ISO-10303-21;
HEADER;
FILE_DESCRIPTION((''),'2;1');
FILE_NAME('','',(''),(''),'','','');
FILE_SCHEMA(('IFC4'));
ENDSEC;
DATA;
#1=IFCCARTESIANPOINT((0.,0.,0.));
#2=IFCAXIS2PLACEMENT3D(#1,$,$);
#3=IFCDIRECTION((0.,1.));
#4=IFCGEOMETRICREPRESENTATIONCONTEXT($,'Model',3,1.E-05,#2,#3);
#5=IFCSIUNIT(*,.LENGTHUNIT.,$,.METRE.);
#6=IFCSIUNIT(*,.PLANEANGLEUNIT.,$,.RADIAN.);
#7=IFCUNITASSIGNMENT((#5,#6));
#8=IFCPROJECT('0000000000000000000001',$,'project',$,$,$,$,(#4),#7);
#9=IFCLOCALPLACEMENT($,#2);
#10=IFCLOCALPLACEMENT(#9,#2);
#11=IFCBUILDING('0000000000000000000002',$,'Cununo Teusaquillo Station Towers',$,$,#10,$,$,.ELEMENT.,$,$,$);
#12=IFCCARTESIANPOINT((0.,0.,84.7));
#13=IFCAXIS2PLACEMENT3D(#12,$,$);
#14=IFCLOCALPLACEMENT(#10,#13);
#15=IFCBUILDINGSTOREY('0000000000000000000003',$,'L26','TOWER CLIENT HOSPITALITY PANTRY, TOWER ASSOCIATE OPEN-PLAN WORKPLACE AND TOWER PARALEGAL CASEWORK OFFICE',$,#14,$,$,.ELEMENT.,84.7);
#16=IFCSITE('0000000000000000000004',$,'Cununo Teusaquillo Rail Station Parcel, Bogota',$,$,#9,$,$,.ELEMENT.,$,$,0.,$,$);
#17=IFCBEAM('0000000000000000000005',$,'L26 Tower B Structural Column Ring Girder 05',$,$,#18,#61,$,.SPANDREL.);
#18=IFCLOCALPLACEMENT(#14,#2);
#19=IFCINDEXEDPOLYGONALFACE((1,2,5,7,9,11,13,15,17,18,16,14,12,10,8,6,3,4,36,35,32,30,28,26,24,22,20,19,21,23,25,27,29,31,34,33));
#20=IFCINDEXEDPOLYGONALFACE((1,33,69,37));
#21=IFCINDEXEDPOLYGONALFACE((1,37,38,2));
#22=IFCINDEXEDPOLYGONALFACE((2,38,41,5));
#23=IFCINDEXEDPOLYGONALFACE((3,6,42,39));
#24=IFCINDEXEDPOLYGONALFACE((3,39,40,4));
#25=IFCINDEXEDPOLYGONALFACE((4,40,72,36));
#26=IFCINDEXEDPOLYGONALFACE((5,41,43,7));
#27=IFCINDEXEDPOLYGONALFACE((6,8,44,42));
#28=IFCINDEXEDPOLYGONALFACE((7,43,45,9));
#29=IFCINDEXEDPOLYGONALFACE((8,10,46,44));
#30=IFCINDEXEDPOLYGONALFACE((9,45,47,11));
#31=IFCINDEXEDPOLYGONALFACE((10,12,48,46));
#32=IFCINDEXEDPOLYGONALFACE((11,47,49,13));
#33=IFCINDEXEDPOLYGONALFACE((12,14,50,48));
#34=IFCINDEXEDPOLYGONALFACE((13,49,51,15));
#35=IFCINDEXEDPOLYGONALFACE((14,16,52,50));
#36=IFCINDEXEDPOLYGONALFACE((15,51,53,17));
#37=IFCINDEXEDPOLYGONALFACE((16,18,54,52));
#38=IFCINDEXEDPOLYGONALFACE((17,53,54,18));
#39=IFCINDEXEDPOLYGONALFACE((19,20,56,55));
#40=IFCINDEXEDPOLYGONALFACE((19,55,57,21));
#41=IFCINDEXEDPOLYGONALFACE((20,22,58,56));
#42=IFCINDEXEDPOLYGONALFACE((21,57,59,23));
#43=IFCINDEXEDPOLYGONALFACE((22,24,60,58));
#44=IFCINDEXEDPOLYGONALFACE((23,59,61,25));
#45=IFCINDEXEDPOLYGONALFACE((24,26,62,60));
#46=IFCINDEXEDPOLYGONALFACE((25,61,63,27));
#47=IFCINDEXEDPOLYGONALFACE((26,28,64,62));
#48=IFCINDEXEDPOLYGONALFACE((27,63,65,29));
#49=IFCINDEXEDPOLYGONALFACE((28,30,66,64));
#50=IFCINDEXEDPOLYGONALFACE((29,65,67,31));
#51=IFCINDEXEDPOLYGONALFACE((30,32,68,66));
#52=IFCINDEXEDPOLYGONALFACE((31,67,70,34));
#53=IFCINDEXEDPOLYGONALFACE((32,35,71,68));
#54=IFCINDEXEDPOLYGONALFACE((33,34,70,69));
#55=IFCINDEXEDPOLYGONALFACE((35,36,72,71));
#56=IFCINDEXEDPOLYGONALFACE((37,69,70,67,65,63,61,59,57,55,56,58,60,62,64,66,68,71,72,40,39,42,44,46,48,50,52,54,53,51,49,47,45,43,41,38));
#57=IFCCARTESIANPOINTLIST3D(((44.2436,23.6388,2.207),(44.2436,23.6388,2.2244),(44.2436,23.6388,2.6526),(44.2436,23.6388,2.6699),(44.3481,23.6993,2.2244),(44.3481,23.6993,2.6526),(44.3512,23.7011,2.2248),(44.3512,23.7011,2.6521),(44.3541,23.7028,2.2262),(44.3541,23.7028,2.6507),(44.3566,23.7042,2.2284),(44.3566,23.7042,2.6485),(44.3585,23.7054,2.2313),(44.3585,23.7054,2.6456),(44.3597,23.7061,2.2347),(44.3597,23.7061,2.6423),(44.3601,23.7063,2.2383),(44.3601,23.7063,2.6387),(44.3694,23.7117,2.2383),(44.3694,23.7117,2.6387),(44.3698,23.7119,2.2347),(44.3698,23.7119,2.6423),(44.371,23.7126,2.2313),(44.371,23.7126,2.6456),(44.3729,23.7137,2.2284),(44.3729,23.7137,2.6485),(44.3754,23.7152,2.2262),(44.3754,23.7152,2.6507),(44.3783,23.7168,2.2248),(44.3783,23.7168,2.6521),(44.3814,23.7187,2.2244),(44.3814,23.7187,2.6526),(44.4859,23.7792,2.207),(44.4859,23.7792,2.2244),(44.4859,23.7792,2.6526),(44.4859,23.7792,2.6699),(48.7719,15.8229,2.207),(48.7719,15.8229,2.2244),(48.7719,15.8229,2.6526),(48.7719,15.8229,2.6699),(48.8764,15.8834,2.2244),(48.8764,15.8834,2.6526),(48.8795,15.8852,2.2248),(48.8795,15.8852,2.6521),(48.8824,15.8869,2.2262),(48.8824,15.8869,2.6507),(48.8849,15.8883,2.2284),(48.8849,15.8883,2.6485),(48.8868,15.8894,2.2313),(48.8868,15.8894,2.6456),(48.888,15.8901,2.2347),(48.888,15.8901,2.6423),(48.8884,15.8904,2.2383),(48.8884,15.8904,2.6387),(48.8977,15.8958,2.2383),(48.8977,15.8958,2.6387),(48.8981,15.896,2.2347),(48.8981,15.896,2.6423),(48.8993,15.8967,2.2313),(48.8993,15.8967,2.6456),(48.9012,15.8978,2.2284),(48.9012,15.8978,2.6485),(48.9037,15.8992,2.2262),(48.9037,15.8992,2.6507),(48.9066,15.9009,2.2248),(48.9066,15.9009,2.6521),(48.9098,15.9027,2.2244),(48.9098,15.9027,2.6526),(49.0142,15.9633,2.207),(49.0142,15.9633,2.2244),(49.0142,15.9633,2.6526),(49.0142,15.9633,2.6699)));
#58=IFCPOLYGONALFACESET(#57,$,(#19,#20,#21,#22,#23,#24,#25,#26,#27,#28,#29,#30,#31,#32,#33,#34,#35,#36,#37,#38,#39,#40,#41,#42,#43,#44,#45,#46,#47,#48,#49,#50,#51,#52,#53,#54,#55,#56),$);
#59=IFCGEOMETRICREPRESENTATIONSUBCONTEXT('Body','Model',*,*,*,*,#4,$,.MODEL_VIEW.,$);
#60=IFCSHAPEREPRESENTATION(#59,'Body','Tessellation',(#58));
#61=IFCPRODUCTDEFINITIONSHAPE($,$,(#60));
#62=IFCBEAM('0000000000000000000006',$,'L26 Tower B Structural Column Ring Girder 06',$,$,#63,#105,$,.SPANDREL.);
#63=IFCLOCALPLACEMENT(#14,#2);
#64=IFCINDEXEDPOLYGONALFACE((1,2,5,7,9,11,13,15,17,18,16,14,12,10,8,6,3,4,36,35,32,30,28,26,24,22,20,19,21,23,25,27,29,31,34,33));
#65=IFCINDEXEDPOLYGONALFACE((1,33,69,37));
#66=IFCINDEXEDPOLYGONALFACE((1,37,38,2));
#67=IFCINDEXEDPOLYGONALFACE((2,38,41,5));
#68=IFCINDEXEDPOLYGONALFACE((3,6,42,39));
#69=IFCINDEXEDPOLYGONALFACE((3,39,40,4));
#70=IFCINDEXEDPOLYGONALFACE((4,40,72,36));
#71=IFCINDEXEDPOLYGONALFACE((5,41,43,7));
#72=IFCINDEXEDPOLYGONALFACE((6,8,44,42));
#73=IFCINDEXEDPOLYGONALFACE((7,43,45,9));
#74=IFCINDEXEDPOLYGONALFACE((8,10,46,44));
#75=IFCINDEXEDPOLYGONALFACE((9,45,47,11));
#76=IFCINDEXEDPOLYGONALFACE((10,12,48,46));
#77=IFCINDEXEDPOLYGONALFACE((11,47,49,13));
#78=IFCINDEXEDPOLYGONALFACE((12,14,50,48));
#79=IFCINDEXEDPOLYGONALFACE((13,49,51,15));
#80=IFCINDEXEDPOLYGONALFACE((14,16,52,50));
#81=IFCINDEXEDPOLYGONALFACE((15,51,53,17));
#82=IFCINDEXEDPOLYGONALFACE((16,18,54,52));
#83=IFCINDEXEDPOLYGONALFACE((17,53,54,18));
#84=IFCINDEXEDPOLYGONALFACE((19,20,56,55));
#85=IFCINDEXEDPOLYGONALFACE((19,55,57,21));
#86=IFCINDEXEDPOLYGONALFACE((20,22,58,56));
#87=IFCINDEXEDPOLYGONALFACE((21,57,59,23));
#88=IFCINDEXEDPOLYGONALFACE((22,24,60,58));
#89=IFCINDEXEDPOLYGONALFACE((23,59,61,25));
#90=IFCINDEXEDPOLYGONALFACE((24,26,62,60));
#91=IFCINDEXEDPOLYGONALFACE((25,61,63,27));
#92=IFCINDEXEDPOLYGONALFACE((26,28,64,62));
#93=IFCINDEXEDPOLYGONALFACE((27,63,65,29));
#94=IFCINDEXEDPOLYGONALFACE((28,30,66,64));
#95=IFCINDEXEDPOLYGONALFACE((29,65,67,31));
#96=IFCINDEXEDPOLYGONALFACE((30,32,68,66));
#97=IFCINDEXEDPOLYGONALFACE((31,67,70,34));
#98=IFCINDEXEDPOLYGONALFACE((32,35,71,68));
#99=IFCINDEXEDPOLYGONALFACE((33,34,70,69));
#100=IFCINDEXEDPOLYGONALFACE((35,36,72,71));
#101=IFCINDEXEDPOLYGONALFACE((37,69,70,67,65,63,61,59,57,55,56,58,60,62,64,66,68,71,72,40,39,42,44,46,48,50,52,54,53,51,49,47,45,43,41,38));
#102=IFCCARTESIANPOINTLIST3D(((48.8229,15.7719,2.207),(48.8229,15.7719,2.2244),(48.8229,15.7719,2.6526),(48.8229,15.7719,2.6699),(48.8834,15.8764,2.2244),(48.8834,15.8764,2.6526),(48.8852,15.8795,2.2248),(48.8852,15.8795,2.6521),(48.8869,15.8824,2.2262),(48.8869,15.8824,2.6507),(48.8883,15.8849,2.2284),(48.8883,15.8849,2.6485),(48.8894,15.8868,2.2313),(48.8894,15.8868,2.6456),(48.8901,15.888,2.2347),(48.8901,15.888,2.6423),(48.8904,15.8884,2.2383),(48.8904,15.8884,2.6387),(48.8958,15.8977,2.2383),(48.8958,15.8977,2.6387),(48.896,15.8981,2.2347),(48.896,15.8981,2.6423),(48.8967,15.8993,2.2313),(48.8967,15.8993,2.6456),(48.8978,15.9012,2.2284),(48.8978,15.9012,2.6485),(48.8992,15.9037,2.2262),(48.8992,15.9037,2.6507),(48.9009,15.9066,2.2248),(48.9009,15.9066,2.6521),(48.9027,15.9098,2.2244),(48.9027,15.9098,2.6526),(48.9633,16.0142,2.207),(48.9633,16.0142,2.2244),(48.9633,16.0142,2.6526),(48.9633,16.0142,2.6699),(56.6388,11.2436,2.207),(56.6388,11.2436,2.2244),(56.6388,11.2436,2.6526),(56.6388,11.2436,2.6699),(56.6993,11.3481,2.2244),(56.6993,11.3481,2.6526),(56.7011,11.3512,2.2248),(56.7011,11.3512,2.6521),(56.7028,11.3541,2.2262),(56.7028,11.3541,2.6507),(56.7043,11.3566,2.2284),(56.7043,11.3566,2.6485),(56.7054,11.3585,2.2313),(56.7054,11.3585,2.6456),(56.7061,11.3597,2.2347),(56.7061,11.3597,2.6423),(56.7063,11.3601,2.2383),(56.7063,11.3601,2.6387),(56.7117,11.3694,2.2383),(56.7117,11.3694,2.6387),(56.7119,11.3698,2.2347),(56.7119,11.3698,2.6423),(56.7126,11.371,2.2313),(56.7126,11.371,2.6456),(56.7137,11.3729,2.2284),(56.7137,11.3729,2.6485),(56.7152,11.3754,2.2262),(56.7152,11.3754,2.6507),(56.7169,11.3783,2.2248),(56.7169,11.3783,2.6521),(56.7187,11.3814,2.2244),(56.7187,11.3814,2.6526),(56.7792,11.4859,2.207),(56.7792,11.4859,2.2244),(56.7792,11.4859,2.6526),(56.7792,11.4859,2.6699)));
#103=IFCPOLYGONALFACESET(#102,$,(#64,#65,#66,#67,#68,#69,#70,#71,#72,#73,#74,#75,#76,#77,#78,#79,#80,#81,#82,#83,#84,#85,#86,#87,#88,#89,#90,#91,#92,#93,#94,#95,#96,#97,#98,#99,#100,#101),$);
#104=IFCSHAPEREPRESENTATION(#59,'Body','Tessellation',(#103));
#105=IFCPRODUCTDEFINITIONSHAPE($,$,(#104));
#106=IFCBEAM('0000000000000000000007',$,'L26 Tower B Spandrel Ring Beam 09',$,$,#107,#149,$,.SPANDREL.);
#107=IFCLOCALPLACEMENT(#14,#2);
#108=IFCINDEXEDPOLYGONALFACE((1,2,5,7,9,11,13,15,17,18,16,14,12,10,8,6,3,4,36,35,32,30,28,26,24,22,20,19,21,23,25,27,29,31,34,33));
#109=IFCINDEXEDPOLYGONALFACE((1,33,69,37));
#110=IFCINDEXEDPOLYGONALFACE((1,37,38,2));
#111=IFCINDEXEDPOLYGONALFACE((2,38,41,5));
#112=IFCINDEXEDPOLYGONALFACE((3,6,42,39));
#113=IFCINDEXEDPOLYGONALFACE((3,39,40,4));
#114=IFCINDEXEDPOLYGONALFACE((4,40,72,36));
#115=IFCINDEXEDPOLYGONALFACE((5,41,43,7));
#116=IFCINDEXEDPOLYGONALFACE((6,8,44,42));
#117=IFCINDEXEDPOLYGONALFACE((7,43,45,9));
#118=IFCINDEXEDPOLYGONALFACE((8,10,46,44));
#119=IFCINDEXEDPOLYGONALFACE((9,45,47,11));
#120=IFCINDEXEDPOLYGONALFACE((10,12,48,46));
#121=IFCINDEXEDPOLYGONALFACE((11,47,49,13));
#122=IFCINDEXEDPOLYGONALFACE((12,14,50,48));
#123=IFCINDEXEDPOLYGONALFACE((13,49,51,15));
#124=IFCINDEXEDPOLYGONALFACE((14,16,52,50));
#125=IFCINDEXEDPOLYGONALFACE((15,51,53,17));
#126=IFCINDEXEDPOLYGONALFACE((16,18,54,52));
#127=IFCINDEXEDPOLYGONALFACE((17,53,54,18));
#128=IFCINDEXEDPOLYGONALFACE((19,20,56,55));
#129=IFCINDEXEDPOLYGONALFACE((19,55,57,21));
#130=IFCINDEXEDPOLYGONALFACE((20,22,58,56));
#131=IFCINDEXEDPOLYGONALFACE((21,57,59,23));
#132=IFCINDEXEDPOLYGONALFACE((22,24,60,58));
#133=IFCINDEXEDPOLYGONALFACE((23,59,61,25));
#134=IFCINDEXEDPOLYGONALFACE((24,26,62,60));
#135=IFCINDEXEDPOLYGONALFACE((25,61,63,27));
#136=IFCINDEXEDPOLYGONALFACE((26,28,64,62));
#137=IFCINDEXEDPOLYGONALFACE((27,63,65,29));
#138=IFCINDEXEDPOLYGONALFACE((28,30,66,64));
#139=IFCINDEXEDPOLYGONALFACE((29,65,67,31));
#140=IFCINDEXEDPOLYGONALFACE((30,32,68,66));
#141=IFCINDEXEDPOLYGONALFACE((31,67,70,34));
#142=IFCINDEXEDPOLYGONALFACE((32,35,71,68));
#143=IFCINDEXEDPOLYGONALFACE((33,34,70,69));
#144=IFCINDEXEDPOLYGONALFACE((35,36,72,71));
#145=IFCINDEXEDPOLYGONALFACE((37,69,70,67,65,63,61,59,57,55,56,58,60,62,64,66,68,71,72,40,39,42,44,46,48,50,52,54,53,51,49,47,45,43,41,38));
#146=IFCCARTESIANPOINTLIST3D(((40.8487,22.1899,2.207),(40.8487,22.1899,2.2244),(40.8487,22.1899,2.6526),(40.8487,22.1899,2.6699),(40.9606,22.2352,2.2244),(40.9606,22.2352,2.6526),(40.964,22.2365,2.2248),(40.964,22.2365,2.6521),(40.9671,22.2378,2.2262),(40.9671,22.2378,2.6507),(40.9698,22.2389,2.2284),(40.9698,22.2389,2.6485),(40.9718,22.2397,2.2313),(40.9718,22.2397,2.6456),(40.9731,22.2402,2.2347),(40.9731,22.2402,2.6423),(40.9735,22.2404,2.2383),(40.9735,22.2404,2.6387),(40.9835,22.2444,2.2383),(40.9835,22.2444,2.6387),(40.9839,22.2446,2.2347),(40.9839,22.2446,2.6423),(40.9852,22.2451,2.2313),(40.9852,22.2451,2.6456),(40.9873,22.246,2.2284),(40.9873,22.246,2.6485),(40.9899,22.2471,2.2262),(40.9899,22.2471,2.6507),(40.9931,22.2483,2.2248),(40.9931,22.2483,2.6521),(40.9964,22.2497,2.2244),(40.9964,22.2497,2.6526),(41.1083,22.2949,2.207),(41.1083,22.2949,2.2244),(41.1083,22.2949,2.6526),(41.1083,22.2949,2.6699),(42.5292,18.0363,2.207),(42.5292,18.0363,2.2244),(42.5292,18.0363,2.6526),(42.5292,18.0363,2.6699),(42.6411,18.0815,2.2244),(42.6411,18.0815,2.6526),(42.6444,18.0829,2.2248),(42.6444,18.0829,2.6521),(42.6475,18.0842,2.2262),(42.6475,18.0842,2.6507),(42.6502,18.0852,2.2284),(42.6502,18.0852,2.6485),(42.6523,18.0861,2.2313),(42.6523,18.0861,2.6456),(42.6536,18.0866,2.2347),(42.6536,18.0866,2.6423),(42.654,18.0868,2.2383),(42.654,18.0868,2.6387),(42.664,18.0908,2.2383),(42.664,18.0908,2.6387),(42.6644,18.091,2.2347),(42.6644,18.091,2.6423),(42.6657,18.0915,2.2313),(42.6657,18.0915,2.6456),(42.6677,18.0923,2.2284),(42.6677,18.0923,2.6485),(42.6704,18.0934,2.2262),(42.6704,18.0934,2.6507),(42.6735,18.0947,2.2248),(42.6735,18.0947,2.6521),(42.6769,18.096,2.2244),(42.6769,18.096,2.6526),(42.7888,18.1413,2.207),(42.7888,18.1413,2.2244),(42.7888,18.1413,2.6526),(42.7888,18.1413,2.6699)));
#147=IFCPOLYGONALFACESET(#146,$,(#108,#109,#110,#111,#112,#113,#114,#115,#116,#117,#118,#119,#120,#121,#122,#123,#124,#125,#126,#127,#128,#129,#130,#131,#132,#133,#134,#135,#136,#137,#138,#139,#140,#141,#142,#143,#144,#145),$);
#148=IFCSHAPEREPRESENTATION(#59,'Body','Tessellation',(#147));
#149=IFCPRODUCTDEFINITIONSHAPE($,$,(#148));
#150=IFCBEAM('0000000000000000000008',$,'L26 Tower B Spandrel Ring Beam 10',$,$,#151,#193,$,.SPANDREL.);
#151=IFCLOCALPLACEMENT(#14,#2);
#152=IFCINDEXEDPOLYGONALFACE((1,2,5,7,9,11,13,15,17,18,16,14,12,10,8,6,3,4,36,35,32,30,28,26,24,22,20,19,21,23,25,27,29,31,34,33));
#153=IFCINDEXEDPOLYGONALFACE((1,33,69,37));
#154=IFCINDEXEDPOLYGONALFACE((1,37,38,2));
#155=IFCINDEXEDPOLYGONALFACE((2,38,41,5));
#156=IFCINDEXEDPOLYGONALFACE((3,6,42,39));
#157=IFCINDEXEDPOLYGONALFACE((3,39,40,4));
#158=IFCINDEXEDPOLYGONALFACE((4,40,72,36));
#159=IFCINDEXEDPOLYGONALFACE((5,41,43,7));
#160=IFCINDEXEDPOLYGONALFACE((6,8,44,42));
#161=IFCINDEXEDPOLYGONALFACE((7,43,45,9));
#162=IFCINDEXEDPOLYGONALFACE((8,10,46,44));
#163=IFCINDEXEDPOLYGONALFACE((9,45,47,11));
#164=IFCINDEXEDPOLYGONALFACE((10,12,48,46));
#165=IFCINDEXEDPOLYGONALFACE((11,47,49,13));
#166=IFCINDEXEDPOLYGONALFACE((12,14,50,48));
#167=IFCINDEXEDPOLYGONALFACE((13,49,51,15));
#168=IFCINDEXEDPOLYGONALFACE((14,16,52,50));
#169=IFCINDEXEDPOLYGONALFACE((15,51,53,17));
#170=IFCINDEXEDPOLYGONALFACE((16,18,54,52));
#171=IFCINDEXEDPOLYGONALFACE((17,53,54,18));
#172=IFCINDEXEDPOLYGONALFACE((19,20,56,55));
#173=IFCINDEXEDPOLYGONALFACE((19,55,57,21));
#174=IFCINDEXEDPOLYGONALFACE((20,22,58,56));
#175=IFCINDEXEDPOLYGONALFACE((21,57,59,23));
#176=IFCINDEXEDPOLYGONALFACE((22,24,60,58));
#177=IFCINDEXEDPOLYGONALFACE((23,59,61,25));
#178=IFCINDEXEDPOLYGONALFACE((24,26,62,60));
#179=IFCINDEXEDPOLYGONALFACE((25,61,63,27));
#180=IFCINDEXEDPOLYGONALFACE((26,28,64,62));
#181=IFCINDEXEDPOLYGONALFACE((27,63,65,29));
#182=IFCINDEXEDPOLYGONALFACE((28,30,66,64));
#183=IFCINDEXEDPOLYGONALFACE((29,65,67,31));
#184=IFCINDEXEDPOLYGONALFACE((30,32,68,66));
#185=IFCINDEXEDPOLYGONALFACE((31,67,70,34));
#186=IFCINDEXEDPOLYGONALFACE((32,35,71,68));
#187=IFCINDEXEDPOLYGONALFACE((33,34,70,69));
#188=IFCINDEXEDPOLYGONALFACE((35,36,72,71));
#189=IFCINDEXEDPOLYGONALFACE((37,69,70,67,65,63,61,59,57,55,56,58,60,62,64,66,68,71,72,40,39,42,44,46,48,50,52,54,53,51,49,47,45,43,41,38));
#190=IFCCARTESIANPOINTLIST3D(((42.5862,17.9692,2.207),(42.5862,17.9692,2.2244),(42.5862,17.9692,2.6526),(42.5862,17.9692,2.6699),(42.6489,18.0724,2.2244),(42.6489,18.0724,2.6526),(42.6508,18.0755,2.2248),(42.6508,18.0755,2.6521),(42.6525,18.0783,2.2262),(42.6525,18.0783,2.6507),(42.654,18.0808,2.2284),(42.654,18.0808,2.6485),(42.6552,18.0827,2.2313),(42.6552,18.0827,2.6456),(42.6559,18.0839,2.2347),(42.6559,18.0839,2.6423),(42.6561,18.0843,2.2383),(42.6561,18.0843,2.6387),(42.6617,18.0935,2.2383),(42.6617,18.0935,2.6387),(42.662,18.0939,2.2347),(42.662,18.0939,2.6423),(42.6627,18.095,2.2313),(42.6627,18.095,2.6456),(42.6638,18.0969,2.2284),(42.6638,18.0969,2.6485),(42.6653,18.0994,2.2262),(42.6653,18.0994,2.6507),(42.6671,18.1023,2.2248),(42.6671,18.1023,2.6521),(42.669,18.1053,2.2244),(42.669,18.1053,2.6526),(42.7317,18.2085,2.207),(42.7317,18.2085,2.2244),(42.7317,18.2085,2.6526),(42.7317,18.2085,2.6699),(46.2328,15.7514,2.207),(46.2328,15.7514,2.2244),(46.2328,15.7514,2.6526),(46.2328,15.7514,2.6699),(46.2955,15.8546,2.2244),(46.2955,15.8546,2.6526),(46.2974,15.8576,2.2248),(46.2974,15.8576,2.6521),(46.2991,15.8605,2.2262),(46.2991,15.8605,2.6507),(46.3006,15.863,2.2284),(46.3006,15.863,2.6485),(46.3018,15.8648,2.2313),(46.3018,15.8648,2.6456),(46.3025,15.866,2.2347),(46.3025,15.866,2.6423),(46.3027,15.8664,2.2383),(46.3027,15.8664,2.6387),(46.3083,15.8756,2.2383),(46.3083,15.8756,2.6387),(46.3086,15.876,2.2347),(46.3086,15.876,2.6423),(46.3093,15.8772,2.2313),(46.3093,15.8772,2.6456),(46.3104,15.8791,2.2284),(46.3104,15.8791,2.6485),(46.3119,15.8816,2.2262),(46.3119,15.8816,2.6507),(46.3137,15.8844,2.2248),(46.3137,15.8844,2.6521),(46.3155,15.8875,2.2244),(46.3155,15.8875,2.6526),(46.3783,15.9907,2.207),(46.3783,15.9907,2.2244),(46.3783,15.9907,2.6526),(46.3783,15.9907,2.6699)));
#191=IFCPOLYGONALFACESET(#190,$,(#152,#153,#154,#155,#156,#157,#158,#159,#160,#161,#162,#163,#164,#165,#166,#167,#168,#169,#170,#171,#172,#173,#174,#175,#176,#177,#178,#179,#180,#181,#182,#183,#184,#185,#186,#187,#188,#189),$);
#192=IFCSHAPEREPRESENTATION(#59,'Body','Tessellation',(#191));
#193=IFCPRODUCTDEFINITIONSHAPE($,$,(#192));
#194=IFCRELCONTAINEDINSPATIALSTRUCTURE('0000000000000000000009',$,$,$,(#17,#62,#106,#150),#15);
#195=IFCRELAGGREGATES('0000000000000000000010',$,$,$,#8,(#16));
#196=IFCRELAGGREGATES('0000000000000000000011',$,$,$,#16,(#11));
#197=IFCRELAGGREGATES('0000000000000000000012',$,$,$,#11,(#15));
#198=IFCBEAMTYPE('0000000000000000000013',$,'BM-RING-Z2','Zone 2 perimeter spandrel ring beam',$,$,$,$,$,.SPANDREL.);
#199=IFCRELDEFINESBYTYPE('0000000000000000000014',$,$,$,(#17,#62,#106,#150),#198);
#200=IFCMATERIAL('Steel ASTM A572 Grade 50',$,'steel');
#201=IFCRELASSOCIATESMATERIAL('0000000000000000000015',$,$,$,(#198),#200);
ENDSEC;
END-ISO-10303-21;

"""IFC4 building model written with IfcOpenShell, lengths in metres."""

from ifc_helpers import new_model, si_unit, direction, frame, origin, origin_2d, place, context, subcontext, project, spatial, i_section, extrude, material, material_profile, profile_set, type_object, element, save


model = new_model("IFC4")

# Units and contexts
model_context = context("Model", 3, precision=1e-05, world=origin(), true_north=direction((0.0, 1.0)))
body_context = subcontext(model_context, "Body", "Model", "MODEL_VIEW")
ifc_project = project(units=[si_unit("LENGTHUNIT", "METRE"), si_unit("PLANEANGLEUNIT", "RADIAN")], contexts=[model_context])

# Site, building, storey
site_placement = place(None, origin())
site = spatial("IfcSite", under=ifc_project, at=site_placement, Name="Cununo Teusaquillo Rail Station Parcel, Bogota", CompositionType="ELEMENT", RefElevation=0.0)
building_placement = place(site_placement, origin())
building = spatial("IfcBuilding", under=site, at=building_placement, Name="Cununo Teusaquillo Station Towers", CompositionType="ELEMENT")
storey_placement = place(building_placement, frame((0.0, 0.0, 84.7)))
storey = spatial("IfcBuildingStorey", under=building, at=storey_placement, Name="L26", Description="TOWER CLIENT HOSPITALITY PANTRY, TOWER ASSOCIATE OPEN-PLAN WORKPLACE AND TOWER PARALEGAL CASEWORK OFFICE", CompositionType="ELEMENT", Elevation=84.7)

# Beams
ifc_material_1 = material(Name="Steel ASTM A572 Grade 50", Category="steel")
ifc_material_profile_1 = material_profile(ifc_material_1, i_section(OverallWidth=0.28, OverallDepth=0.4629, WebThickness=0.0107, FlangeThickness=0.0173, FilletRadius=0.0139, at=origin_2d()), Name="W18X76")
ifc_profile_set_1 = profile_set([ifc_material_profile_1], Name="Steel ASTM A572 Grade 50")
beam_type_1 = type_object("IfcBeamType", Name="BM-RING-Z2", Description="Zone 2 perimeter spandrel ring beam", PredefinedType="SPANDREL", material=ifc_profile_set_1)
for number, where, z_axis, x_axis, name in (
    (1, (44.3647, 23.709, 2.4385), (0.501311, -0.865267, 0.0), (0.865267, 0.501311, 0.0), "L26 Tower B Structural Column Ring Girder 05"),
    (2, (48.8931, 15.8931, 2.4385), (0.865267, -0.501311, 0.0), (0.501311, 0.865267, 0.0), "L26 Tower B Structural Column Ring Girder 06"),
):
    element("IfcBeam", number, at=place(storey_placement, frame(where, z_axis=z_axis, x_axis=x_axis)), inside=storey, type_object=beam_type_1, Name=name, PredefinedType="SPANDREL", context=body_context, shape_type="SweptSolid", body=[
        extrude(i_section(OverallWidth=0.28, OverallDepth=0.4629, WebThickness=0.0107, FlangeThickness=0.0173, FilletRadius=0.0139, at=origin_2d()), origin(), (0.0, 0.0, 1.0), 9.033),
    ])
beam_1_placement = place(storey_placement, frame((40.9785, 22.2424, 2.4385), z_axis=(0.375042, -0.927008, 0.0), x_axis=(0.927008, 0.375042, 0.0)))
element("IfcBeam", 3, at=beam_1_placement, inside=storey, type_object=beam_type_1, Name="L26 Tower B Spandrel Ring Beam 09", PredefinedType="SPANDREL", context=body_context, shape_type="SweptSolid", body=[
    extrude(i_section(OverallWidth=0.28, OverallDepth=0.4629, WebThickness=0.0107, FlangeThickness=0.0173, FilletRadius=0.0139, at=origin_2d()), origin(), (0.0, 0.0, 1.0), 4.4807),
])
beam_2_placement = place(storey_placement, frame((42.6589, 18.0889, 2.4385), z_axis=(0.854388, -0.519635, 0.0), x_axis=(0.519635, 0.854388, 0.0)))
element("IfcBeam", 4, at=beam_2_placement, inside=storey, type_object=beam_type_1, Name="L26 Tower B Spandrel Ring Beam 10", PredefinedType="SPANDREL", context=body_context, shape_type="SweptSolid", body=[
    extrude(i_section(OverallWidth=0.28, OverallDepth=0.4629, WebThickness=0.0107, FlangeThickness=0.0173, FilletRadius=0.0139, at=origin_2d()), origin(), (0.0, 0.0, 1.0), 4.2681),
])

save(model, "model.ifc")
